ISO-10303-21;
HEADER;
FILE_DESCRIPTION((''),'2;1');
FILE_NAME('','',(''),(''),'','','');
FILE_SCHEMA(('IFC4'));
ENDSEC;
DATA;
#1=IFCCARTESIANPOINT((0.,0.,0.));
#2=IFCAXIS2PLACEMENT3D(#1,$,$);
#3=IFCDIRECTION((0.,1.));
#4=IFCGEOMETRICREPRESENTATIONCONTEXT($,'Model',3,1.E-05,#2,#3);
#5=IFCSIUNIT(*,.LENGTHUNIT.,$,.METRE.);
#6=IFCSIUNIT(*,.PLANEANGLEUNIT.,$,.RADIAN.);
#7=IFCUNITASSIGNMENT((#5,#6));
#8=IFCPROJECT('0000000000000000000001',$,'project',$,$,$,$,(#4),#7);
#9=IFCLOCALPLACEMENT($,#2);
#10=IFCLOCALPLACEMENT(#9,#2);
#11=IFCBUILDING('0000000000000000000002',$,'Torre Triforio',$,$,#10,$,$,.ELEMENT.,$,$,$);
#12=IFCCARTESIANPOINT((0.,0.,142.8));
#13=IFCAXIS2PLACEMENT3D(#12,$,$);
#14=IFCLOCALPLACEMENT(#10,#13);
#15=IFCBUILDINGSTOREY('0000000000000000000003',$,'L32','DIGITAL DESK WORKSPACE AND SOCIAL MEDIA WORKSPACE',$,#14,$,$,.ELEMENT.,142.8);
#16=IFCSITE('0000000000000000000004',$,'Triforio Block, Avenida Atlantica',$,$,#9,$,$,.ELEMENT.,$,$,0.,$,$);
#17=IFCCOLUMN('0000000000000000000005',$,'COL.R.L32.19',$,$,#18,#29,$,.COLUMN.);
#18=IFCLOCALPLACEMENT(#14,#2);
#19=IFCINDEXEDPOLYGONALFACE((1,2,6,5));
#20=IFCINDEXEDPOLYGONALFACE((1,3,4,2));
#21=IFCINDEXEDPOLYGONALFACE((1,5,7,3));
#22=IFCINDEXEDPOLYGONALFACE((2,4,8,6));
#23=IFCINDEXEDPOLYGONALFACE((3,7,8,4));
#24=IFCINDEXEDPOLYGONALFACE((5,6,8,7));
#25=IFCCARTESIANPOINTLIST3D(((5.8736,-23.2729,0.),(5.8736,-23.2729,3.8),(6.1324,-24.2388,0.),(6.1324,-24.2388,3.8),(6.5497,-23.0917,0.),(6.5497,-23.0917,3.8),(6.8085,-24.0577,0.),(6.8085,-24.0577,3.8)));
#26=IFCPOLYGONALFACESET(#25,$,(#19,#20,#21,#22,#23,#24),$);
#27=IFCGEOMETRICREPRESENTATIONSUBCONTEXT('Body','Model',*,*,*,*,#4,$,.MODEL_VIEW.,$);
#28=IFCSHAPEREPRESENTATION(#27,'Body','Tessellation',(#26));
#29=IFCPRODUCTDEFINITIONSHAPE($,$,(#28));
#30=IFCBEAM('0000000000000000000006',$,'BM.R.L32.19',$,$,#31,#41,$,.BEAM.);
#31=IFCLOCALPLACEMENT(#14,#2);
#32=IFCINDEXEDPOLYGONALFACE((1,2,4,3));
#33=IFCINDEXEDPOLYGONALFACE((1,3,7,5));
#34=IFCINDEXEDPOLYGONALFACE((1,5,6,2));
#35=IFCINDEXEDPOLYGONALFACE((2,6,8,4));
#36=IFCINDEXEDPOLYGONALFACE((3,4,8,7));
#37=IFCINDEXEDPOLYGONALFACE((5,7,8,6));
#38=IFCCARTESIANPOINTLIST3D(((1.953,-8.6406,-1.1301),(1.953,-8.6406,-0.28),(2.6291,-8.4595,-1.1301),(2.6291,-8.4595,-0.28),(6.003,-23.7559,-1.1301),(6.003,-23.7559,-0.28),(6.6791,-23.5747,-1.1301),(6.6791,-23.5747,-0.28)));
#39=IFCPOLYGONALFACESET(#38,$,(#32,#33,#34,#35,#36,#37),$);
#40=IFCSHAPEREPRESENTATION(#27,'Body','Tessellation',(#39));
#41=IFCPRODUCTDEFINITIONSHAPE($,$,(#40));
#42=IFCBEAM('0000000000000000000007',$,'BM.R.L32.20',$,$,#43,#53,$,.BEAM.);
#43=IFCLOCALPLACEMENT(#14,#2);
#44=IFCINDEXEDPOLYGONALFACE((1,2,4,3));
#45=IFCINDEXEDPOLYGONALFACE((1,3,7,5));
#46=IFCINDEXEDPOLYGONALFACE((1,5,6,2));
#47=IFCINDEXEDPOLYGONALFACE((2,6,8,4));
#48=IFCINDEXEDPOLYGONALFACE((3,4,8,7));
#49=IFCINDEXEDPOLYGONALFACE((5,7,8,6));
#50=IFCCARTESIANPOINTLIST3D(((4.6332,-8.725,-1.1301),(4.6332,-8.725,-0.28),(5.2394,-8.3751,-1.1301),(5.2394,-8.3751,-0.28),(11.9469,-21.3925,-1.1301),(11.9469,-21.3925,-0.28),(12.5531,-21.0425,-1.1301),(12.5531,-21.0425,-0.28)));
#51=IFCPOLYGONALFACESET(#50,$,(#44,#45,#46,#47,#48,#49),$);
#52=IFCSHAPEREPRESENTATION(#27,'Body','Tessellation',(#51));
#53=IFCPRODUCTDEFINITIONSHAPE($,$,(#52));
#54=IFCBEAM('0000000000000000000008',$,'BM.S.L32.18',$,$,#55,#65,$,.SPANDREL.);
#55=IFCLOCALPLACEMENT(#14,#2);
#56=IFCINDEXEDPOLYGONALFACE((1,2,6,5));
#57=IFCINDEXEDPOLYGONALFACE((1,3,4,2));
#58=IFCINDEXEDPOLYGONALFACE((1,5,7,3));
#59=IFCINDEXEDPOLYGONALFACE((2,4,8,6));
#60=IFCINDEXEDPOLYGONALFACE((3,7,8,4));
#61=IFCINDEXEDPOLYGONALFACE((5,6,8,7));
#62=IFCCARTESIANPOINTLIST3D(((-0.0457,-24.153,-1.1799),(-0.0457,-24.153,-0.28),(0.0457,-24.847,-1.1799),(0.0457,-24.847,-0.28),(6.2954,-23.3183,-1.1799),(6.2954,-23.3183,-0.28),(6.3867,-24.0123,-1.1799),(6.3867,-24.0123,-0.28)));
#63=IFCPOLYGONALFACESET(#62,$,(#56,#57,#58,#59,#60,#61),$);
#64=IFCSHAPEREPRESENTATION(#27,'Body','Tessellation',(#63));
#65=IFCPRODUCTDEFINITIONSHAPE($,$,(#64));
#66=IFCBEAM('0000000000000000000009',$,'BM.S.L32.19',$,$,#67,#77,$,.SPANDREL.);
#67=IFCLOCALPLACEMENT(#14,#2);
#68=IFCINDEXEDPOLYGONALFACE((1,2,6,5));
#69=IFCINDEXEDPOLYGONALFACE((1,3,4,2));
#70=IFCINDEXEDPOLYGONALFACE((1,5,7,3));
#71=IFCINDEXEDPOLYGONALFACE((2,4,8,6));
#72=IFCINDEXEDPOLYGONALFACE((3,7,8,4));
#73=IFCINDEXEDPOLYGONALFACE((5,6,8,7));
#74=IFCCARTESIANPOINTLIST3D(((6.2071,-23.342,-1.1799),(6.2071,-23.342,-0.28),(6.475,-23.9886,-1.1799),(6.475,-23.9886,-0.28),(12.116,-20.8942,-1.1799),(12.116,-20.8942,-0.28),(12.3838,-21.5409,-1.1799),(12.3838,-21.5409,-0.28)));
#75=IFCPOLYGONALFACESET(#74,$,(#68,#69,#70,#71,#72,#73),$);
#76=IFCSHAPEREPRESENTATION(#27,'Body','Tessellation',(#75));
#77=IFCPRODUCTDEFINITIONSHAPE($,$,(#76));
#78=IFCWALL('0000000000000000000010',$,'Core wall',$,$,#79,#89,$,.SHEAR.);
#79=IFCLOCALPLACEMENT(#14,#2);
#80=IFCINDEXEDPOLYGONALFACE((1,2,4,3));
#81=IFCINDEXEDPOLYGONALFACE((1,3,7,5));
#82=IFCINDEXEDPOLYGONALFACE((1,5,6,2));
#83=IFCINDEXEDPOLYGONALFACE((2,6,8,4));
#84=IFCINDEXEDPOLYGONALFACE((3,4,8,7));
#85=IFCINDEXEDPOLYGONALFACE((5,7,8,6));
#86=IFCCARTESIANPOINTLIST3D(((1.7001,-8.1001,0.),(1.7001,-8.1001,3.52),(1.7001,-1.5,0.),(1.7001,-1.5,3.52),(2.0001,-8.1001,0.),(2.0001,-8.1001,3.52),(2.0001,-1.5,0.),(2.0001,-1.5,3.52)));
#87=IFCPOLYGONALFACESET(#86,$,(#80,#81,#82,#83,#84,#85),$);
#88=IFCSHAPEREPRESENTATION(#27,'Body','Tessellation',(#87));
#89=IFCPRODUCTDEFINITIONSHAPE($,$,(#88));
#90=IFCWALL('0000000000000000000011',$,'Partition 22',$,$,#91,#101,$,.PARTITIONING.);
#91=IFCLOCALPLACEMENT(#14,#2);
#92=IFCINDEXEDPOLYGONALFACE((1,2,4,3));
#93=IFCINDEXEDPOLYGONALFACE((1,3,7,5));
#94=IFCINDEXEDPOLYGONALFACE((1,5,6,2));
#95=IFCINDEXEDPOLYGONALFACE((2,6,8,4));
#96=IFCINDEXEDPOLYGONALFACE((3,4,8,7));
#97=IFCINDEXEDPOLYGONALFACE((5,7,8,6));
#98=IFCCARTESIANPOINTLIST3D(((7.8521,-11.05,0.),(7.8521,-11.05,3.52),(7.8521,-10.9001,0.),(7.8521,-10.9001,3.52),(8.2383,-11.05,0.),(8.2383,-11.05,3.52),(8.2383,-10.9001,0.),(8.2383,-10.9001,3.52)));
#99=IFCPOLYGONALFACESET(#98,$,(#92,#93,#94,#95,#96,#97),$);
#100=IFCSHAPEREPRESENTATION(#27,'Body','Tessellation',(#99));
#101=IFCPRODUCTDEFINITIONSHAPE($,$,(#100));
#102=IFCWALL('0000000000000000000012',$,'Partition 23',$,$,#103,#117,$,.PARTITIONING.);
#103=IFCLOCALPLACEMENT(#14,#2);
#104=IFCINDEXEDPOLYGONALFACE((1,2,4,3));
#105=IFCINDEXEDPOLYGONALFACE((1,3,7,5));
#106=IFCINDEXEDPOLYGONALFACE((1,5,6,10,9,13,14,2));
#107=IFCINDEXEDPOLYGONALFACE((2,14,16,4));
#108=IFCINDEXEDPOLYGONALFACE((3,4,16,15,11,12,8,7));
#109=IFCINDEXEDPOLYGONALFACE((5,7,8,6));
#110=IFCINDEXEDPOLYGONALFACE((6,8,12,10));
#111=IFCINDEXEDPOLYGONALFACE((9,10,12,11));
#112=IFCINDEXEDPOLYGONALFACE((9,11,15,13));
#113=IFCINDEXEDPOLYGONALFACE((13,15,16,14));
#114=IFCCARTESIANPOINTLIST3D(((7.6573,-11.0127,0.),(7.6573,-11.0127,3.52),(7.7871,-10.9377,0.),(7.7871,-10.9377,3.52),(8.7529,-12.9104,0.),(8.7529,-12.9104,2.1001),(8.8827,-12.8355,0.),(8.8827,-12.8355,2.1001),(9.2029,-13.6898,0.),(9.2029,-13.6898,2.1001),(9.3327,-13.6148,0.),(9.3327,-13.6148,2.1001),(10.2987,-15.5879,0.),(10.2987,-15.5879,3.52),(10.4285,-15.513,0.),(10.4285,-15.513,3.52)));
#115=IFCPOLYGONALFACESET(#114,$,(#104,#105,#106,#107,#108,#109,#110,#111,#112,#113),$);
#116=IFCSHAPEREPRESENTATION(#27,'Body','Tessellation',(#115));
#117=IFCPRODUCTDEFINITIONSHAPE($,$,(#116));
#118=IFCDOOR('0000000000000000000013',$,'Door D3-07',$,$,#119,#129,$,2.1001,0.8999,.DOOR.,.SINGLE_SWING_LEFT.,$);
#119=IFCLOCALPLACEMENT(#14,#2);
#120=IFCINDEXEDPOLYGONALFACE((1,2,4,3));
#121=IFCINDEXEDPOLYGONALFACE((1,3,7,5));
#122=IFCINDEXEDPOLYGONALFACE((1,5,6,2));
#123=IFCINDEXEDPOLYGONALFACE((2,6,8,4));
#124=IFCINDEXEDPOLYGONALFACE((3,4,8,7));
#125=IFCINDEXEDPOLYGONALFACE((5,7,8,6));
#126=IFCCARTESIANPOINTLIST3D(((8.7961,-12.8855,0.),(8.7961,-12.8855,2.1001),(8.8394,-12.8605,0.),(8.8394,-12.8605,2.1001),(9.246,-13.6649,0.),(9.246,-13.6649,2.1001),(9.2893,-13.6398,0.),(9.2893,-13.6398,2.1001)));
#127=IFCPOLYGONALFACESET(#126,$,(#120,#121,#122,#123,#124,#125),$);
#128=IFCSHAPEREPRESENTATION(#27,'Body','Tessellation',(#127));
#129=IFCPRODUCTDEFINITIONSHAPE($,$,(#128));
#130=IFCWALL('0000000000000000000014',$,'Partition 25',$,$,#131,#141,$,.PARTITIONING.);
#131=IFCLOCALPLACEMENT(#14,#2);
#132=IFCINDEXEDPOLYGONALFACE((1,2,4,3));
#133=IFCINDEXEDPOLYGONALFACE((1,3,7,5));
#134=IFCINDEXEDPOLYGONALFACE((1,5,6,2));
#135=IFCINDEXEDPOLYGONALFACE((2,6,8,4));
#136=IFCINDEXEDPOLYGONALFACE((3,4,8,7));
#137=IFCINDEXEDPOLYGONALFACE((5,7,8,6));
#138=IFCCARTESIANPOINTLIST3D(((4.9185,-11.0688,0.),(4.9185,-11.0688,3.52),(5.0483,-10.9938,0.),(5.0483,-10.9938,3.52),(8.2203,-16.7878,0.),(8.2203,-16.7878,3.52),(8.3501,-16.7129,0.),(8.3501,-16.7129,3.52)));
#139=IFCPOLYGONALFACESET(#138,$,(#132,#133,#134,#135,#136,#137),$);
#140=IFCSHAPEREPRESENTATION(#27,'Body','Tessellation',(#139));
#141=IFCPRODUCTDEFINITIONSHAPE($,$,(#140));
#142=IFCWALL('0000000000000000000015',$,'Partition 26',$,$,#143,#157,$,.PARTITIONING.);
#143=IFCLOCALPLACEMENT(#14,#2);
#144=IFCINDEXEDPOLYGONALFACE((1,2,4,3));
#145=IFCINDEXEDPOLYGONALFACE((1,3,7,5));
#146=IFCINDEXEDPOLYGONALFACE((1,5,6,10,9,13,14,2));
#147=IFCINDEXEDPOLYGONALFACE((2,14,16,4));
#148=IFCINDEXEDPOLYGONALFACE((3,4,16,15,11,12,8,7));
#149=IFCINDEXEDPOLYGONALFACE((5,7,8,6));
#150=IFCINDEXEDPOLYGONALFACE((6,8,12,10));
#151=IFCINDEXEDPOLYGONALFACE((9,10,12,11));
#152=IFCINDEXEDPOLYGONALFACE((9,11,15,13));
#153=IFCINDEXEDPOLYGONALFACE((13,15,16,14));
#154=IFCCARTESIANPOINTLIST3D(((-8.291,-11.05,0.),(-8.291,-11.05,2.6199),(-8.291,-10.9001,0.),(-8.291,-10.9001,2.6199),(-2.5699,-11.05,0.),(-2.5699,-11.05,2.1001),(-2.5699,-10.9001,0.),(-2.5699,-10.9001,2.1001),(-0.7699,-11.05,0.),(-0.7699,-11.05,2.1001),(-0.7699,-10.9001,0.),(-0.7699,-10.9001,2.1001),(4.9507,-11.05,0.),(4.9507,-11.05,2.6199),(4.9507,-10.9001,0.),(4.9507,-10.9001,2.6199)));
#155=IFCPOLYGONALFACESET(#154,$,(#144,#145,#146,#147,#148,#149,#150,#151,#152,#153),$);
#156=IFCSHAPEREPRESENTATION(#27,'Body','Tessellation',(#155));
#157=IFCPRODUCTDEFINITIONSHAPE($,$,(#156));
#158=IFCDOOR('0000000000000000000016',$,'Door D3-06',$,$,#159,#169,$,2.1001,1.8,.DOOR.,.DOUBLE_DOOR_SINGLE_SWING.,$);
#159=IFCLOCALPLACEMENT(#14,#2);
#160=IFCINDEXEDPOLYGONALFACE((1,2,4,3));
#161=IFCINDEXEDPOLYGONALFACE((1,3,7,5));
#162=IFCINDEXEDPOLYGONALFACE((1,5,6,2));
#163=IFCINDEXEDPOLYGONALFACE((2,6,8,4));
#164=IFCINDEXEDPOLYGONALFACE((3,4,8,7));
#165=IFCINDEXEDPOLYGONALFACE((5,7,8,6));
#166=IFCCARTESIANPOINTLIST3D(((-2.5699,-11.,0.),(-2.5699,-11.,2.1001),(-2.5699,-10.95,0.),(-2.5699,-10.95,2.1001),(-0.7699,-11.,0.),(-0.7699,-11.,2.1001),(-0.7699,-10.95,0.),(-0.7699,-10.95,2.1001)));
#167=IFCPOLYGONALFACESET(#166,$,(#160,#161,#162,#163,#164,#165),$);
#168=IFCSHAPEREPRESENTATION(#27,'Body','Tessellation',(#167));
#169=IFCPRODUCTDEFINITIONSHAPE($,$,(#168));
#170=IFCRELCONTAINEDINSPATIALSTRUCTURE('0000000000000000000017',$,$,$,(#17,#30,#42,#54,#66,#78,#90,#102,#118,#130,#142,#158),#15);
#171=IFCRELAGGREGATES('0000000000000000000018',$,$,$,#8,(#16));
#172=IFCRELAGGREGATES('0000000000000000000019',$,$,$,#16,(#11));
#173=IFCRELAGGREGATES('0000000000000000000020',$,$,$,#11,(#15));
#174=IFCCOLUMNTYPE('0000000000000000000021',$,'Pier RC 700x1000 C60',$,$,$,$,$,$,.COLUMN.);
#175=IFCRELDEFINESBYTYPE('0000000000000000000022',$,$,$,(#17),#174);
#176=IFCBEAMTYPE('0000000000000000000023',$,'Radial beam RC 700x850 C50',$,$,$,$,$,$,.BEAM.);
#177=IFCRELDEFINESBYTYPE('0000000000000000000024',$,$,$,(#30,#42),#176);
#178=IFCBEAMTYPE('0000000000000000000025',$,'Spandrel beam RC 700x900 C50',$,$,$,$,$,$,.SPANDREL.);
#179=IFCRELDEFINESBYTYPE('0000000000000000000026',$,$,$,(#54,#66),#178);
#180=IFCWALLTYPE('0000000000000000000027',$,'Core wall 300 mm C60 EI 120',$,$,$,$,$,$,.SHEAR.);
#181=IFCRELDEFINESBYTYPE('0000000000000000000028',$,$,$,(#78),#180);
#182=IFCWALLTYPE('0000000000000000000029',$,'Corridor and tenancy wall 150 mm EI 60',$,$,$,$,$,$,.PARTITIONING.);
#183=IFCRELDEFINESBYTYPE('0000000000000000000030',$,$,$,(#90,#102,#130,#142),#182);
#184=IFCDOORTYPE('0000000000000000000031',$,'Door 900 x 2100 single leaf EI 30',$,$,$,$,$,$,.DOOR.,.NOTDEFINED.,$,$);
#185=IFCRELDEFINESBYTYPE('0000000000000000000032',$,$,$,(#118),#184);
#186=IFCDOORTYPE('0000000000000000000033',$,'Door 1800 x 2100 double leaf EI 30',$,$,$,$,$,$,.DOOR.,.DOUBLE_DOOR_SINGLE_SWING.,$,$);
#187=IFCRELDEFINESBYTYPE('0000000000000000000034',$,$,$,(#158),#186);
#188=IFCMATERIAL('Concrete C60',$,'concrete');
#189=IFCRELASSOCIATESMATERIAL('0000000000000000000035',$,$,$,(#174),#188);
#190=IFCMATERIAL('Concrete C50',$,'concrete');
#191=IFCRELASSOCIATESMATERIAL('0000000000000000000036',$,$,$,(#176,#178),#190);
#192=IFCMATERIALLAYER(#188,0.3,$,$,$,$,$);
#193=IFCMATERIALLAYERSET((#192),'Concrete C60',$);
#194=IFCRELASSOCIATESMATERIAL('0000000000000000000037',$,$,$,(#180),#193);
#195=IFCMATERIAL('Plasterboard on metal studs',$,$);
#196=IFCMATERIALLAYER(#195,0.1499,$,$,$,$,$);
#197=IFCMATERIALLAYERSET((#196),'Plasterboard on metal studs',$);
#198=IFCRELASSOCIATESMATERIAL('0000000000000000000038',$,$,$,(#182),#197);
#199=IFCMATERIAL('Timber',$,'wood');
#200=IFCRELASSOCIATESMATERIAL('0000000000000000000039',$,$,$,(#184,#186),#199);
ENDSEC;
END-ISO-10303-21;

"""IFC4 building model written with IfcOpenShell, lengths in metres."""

from ifc_helpers import new_model, si_unit, direction, frame, frame_2d, origin, origin_2d, place, context, subcontext, project, spatial, rectangle, extrude, material, layer, layer_set, material_profile, profile_set, type_object, element, fill, save


model = new_model("IFC4")

# Units and contexts
model_context = context("Model", 3, precision=1e-05, world=origin(), true_north=direction((0.0, 1.0)))
body_context = subcontext(model_context, "Body", "Model", "MODEL_VIEW")
ifc_project = project(units=[si_unit("LENGTHUNIT", "METRE"), si_unit("PLANEANGLEUNIT", "RADIAN")], contexts=[model_context])

# Site, building, storey
site_placement = place(None, origin())
site = spatial("IfcSite", under=ifc_project, at=site_placement, Name="Triforio Block, Avenida Atlantica", CompositionType="ELEMENT", RefElevation=0.0)
building_placement = place(site_placement, origin())
building = spatial("IfcBuilding", under=site, at=building_placement, Name="Torre Triforio", CompositionType="ELEMENT")
storey_placement = place(building_placement, frame((0.0, 0.0, 142.8)))
storey = spatial("IfcBuildingStorey", under=building, at=storey_placement, Name="L32", Description="DIGITAL DESK WORKSPACE AND SOCIAL MEDIA WORKSPACE", CompositionType="ELEMENT", Elevation=142.8)

# Column
ifc_material_1 = material(Name="Concrete C60", Category="concrete")
ifc_material_profile_1 = material_profile(ifc_material_1, rectangle(XDim=0.7, YDim=1.0, at=origin_2d()), Name="RC 700x1000")
ifc_profile_set_1 = profile_set([ifc_material_profile_1], Name="Concrete C60")
column_type = type_object("IfcColumnType", Name="Pier RC 700x1000 C60", PredefinedType="COLUMN", material=ifc_profile_set_1)
column_placement = place(storey_placement, frame((6.3411, -23.6653, 0.0), z_axis=(0.0, 0.0, 1.0), x_axis=(0.965926, 0.258819, 0.0)))
element("IfcColumn", 1, at=column_placement, inside=storey, type_object=column_type, Name="COL.R.L32.19", PredefinedType="COLUMN", context=body_context, shape_type="SweptSolid", body=[
    extrude(rectangle(XDim=0.7, YDim=1.0, at=origin_2d()), origin(), (0.0, 0.0, 1.0), 3.8),
])

# Beams
ifc_material_2 = material(Name="Concrete C50", Category="concrete")
ifc_material_profile_2 = material_profile(ifc_material_2, rectangle(XDim=0.7, YDim=0.8501, at=origin_2d()), Name="RC 700x850")
ifc_profile_set_2 = profile_set([ifc_material_profile_2], Name="Concrete C50")
beam_type_1 = type_object("IfcBeamType", Name="Radial beam RC 700x850 C50", PredefinedType="BEAM", material=ifc_profile_set_2)
beam_1_placement = place(storey_placement, frame((2.291, -8.55, -0.7051), z_axis=(0.258815, -0.965927, 0.0), x_axis=(0.965927, 0.258815, 0.0)))
element("IfcBeam", 2, at=beam_1_placement, inside=storey, type_object=beam_type_1, Name="BM.R.L32.19", PredefinedType="BEAM", context=body_context, shape_type="SweptSolid", body=[
    extrude(rectangle(XDim=0.7, YDim=0.8501, at=origin_2d()), origin(), (0.0, 0.0, 1.0), 15.6484),
])
beam_2_placement = place(storey_placement, frame((4.9363, -8.55, -0.7051), z_axis=(0.500008, -0.866021, 0.0), x_axis=(0.866021, 0.500008, 0.0)))
element("IfcBeam", 3, at=beam_2_placement, inside=storey, type_object=beam_type_1, Name="BM.R.L32.20", PredefinedType="BEAM", context=body_context, shape_type="SweptSolid", body=[
    extrude(rectangle(XDim=0.7, YDim=0.8501, at=origin_2d()), origin(), (0.0, 0.0, 1.0), 14.6272),
])
ifc_material_profile_3 = material_profile(ifc_material_2, rectangle(XDim=0.7, YDim=0.8999, at=origin_2d()), Name="RC 700x900")
ifc_profile_set_3 = profile_set([ifc_material_profile_3], Name="Concrete C50")
beam_type_2 = type_object("IfcBeamType", Name="Spandrel beam RC 700x900 C50", PredefinedType="SPANDREL", material=ifc_profile_set_3)
for number, where, z_axis, x_axis, name in (
    (4, (0.0, -24.5, -0.73), (0.991447, 0.130511, 0.0), (-0.130511, 0.991447, 0.0), "BM.S.L32.18"),
    (5, (6.3411, -23.6653, -0.73), (0.923869, 0.382709, 0.0), (-0.382709, 0.923869, 0.0), "BM.S.L32.19"),
):
    element("IfcBeam", number, at=place(storey_placement, frame(where, z_axis=z_axis, x_axis=x_axis)), inside=storey, type_object=beam_type_2, Name=name, PredefinedType="SPANDREL", context=body_context, shape_type="SweptSolid", body=[
        extrude(rectangle(XDim=0.7, YDim=0.8999, at=origin_2d()), origin(), (0.0, 0.0, 1.0), 6.3958),
    ])

# Walls
ifc_layer_1 = layer(ifc_material_1, 0.3)
ifc_layer_set_1 = layer_set([ifc_layer_1], Name="Concrete C60")
wall_type_1 = type_object("IfcWallType", Name="Core wall 300 mm C60 EI 120", PredefinedType="SHEAR", material=ifc_layer_set_1)
wall_1_placement = place(storey_placement, frame((1.8501, -8.1001, 0.0), z_axis=(0.0, 0.0, 1.0), x_axis=(0.0, 1.0, 0.0)))
element("IfcWall", 6, at=wall_1_placement, inside=storey, type_object=wall_type_1, Name="Core wall", PredefinedType="SHEAR", context=body_context, shape_type="SweptSolid", body=[
    extrude(rectangle(XDim=6.6001, YDim=0.3, at=frame_2d((3.3, 0.0))), origin(), (0.0, 0.0, 1.0), 3.52),
])
ifc_material_3 = material(Name="Plasterboard on metal studs")
ifc_layer_2 = layer(ifc_material_3, 0.1499)
ifc_layer_set_2 = layer_set([ifc_layer_2], Name="Plasterboard on metal studs")
wall_type_2 = type_object("IfcWallType", Name="Corridor and tenancy wall 150 mm EI 60", PredefinedType="PARTITIONING", material=ifc_layer_set_2)
wall_2_placement = place(storey_placement, frame((8.2383, -10.9751, 0.0), z_axis=(0.0, 0.0, 1.0), x_axis=(-1.0, 0.0, 0.0)))
element("IfcWall", 7, at=wall_2_placement, inside=storey, type_object=wall_type_2, Name="Partition 22", PredefinedType="PARTITIONING", context=body_context, shape_type="SweptSolid", body=[
    extrude(rectangle(XDim=0.3862, YDim=0.1499, at=frame_2d((0.1931, 0.0))), origin(), (0.0, 0.0, 1.0), 3.52),
])

# Wall, opening, door
wall_3_placement = place(storey_placement, frame((7.7222, -10.9751, 0.0), z_axis=(0.0, 0.0, 1.0), x_axis=(0.499981, -0.866036, 0.0)))
wall_3 = element("IfcWall", 8, at=wall_3_placement, inside=storey, type_object=wall_type_2, Name="Partition 23", PredefinedType="PARTITIONING", context=body_context, shape_type="SweptSolid", body=[
    extrude(rectangle(XDim=5.283, YDim=0.1499, at=frame_2d((2.6416, 0.0))), origin(), (0.0, 0.0, 1.0), 3.52),
])
opening_1_placement = place(wall_3_placement, frame((2.1914, 0.0, 0.0)))
opening_1 = element("IfcOpeningElement", 9, at=opening_1_placement, cuts=wall_3, PredefinedType="OPENING", context=body_context, shape_type="SweptSolid", body=[
    extrude(rectangle(XDim=0.8999, YDim=2.1001, at=frame_2d((0.45, 1.05))), frame((0.0, 0.085, 0.0), z_axis=(0.0, -1.0, 0.0), x_axis=(1.0, 0.0, 0.0)), (0.0, 0.0, 1.0), 0.1699),
])
ifc_material_4 = material(Name="Timber", Category="wood")
door_type_1 = type_object("IfcDoorType", Name="Door 900 x 2100 single leaf EI 30", OperationType="NOTDEFINED", PredefinedType="DOOR", material=ifc_material_4)
door_1_placement = place(opening_1_placement, origin())
door_1 = element("IfcDoor", 10, at=door_1_placement, inside=storey, type_object=door_type_1, Name="Door D3-07", OperationType="SINGLE_SWING_LEFT", OverallHeight=2.1001, OverallWidth=0.8999, PredefinedType="DOOR", context=body_context, shape_type="SweptSolid", body=[
    extrude(rectangle(XDim=0.8999, YDim=2.1001, at=frame_2d((0.45, 1.05))), frame((0.0, 0.0249, 0.0), z_axis=(0.0, -1.0, 0.0), x_axis=(1.0, 0.0, 0.0)), (0.0, 0.0, 1.0), 0.05),
])
fill(opening_1, door_1)

# Wall
wall_4_placement = place(storey_placement, frame((8.2852, -16.7502, 0.0), z_axis=(0.0, 0.0, 1.0), x_axis=(-0.499988, 0.866032, 0.0)))
element("IfcWall", 11, at=wall_4_placement, inside=storey, type_object=wall_type_2, Name="Partition 25", PredefinedType="PARTITIONING", context=body_context, shape_type="SweptSolid", body=[
    extrude(rectangle(XDim=6.6038, YDim=0.1499, at=frame_2d((3.3018, 0.0))), origin(), (0.0, 0.0, 1.0), 3.52),
])

# Wall, opening, door
wall_5_placement = place(storey_placement, frame((4.9507, -10.9751, 0.0), z_axis=(0.0, 0.0, 1.0), x_axis=(-1.0, 0.0, 0.0)))
wall_5 = element("IfcWall", 12, at=wall_5_placement, inside=storey, type_object=wall_type_2, Name="Partition 26", PredefinedType="PARTITIONING", context=body_context, shape_type="SweptSolid", body=[
    extrude(rectangle(XDim=13.2417, YDim=0.1499, at=frame_2d((6.6208, 0.0))), origin(), (0.0, 0.0, 1.0), 2.6199),
])
opening_2_placement = place(wall_5_placement, frame((5.7207, 0.0, 0.0)))
opening_2 = element("IfcOpeningElement", 13, at=opening_2_placement, cuts=wall_5, PredefinedType="OPENING", context=body_context, shape_type="SweptSolid", body=[
    extrude(rectangle(XDim=1.8, YDim=2.1001, at=frame_2d((0.8999, 1.05))), frame((0.0, 0.085, 0.0), z_axis=(0.0, -1.0, 0.0), x_axis=(1.0, 0.0, 0.0)), (0.0, 0.0, 1.0), 0.1699),
])
door_type_2 = type_object("IfcDoorType", Name="Door 1800 x 2100 double leaf EI 30", OperationType="DOUBLE_DOOR_SINGLE_SWING", PredefinedType="DOOR", material=ifc_material_4)
door_2_placement = place(opening_2_placement, origin())
door_2 = element("IfcDoor", 14, at=door_2_placement, inside=storey, type_object=door_type_2, Name="Door D3-06", OperationType="DOUBLE_DOOR_SINGLE_SWING", OverallHeight=2.1001, OverallWidth=1.8, PredefinedType="DOOR", context=body_context, shape_type="SweptSolid", body=[
    extrude(rectangle(XDim=1.8, YDim=2.1001, at=frame_2d((0.8999, 1.05))), frame((0.0, 0.0249, 0.0), z_axis=(0.0, -1.0, 0.0), x_axis=(1.0, 0.0, 0.0)), (0.0, 0.0, 1.0), 0.05),
])
fill(opening_2, door_2)

save(model, "model.ifc")
